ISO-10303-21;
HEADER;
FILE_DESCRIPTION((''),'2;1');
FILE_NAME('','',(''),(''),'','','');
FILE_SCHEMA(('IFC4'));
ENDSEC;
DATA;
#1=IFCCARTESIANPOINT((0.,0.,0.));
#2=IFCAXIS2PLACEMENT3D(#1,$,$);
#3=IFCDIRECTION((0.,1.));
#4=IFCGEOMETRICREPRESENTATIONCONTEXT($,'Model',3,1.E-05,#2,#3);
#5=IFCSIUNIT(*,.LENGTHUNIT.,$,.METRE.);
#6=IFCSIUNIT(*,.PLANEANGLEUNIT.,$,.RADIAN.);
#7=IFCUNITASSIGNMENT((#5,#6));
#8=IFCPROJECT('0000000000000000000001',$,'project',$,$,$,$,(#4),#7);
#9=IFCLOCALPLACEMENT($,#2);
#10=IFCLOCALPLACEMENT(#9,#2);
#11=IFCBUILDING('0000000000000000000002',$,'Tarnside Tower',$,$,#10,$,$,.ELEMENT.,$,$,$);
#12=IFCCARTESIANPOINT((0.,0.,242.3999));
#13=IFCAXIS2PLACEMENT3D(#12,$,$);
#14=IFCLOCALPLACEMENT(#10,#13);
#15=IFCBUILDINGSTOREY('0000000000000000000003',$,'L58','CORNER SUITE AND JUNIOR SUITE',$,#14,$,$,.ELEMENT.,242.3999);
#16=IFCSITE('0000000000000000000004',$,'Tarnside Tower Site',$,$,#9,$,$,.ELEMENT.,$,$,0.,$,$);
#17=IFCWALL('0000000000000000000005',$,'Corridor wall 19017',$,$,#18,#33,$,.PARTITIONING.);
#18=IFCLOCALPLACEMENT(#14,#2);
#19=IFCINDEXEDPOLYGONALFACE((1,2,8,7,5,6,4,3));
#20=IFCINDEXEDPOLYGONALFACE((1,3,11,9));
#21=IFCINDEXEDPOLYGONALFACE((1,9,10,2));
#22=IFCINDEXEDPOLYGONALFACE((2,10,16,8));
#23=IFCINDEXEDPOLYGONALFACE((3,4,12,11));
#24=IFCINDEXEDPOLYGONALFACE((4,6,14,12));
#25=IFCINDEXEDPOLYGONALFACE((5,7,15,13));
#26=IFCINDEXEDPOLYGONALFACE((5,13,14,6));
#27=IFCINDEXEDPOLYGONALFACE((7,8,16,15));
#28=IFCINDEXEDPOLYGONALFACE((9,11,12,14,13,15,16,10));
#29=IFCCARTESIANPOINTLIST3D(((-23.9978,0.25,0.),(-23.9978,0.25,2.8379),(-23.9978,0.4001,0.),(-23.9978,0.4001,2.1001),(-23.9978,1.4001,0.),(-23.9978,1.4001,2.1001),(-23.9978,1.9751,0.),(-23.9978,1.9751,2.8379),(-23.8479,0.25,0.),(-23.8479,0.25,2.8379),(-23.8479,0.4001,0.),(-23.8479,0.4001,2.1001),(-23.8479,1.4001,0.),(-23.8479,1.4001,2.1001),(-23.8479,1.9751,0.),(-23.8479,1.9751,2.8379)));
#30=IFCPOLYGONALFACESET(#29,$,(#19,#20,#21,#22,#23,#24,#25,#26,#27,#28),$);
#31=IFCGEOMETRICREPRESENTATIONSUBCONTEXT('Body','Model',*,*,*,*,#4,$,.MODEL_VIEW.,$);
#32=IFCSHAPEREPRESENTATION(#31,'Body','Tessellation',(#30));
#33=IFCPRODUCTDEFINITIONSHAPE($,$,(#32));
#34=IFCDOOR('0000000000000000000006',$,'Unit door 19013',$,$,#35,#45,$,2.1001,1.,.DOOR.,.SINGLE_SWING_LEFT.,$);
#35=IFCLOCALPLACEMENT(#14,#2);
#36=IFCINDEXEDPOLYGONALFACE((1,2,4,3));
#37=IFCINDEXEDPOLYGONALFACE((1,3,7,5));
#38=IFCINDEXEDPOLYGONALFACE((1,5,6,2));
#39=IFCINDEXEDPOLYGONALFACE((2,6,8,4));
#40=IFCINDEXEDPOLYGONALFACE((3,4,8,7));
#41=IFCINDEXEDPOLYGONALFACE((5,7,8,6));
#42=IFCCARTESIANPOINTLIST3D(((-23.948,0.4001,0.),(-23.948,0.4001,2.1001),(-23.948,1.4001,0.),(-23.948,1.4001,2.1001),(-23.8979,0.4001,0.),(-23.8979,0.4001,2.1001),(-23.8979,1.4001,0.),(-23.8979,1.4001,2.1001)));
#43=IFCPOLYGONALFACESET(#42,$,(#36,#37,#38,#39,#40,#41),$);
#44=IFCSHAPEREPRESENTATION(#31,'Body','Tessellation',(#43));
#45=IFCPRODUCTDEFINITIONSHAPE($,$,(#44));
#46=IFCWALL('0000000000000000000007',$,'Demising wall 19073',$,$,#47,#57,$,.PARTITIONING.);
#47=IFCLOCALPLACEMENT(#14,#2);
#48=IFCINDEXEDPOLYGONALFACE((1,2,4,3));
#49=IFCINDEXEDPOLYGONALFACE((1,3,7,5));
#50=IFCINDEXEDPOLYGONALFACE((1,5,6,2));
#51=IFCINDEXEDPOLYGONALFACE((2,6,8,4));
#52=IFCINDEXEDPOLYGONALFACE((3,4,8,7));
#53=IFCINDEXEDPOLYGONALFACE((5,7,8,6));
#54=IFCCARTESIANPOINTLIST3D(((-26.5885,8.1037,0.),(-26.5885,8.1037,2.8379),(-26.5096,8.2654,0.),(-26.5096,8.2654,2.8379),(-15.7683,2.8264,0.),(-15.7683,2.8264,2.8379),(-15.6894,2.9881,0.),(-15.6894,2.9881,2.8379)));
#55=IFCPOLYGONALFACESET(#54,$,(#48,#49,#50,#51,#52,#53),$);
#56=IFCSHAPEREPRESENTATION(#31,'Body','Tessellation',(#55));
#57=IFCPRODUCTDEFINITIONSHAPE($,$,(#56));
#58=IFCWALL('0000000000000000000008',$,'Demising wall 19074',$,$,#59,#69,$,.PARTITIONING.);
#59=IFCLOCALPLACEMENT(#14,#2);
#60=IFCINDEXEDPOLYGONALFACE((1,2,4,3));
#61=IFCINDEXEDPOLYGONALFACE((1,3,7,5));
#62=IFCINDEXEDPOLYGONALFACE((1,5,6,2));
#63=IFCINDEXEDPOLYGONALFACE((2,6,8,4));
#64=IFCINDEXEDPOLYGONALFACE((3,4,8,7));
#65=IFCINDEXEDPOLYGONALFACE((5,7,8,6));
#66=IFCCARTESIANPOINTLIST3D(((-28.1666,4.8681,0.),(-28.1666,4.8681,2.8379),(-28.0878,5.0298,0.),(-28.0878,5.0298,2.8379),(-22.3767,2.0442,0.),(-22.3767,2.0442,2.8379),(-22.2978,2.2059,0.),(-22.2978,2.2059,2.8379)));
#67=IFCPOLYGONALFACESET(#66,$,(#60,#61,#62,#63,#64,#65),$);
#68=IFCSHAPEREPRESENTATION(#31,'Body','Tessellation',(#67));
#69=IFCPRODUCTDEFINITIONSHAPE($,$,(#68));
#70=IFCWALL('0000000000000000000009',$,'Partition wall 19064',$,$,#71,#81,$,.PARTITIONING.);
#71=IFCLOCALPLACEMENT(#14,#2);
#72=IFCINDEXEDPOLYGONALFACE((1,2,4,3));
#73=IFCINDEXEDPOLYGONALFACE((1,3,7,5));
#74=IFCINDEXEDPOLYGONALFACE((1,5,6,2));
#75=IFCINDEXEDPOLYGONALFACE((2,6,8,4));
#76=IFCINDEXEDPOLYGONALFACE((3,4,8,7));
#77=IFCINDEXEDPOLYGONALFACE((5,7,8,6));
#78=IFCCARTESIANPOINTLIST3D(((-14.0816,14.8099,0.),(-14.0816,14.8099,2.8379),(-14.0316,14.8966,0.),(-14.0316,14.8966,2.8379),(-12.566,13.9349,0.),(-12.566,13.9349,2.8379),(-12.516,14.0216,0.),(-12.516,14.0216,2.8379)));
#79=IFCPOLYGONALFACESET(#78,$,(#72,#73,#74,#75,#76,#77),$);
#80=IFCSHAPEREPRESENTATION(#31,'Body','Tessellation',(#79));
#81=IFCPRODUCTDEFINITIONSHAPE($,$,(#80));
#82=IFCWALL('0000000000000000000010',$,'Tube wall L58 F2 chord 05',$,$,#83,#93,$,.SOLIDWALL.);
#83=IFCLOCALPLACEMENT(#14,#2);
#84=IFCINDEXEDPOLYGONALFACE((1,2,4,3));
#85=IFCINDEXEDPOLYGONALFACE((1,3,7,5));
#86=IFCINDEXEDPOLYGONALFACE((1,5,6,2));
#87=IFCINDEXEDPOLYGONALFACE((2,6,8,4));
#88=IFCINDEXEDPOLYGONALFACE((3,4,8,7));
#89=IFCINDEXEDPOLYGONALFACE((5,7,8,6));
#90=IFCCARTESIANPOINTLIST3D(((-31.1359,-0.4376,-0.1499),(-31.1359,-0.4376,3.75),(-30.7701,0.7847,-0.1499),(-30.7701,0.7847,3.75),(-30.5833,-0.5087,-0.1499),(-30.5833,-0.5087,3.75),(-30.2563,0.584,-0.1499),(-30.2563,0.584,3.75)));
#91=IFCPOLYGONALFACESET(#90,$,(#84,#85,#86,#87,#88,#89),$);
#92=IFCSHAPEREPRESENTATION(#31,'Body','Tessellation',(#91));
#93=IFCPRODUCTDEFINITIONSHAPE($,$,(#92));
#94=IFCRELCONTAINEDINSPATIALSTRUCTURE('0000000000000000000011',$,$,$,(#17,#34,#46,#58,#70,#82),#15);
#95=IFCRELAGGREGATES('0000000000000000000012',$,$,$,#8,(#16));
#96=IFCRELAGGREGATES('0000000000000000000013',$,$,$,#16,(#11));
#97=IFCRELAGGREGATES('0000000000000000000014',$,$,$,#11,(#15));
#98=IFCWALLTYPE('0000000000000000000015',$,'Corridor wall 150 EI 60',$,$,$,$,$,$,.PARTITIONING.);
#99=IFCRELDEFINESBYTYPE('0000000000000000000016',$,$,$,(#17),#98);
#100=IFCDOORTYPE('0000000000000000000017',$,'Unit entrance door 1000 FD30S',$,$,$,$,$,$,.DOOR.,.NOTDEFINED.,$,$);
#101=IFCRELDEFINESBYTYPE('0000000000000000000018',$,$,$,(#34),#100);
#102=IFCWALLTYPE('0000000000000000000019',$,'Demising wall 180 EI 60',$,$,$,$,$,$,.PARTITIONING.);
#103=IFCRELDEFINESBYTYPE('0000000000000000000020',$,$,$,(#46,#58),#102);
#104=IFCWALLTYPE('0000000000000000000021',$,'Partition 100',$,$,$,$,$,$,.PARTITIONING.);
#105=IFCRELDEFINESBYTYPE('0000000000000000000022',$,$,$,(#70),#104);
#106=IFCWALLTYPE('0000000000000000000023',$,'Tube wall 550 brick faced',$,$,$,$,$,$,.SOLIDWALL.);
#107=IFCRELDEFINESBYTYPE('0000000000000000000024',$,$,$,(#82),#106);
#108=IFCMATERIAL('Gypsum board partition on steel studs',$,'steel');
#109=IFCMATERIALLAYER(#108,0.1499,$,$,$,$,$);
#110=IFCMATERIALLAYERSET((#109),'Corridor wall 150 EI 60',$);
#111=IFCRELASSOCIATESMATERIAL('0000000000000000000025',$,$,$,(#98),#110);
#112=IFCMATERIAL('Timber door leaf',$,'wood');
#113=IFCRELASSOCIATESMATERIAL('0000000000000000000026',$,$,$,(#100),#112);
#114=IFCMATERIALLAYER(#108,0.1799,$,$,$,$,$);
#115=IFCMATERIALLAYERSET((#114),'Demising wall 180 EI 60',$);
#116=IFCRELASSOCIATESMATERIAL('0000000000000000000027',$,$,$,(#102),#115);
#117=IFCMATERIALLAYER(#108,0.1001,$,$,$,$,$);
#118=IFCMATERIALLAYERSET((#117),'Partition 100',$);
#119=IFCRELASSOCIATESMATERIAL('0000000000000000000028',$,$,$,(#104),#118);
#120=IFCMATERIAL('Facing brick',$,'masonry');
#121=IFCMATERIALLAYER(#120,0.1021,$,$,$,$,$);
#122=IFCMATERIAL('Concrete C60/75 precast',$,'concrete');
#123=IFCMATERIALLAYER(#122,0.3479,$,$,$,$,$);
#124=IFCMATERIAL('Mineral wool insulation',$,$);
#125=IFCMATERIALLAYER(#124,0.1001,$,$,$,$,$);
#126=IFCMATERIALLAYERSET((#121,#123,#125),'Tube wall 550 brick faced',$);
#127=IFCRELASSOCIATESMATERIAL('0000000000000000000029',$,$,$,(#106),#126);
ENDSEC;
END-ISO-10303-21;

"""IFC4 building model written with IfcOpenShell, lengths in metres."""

from ifc_helpers import new_model, si_unit, direction, frame, frame_2d, origin, place, context, subcontext, project, spatial, polyline, rectangle, outline, extrude, material, layer, layer_set, type_object, element, fill, save


model = new_model("IFC4")

# Units and contexts
model_context = context("Model", 3, precision=1e-05, world=origin(), true_north=direction((0.0, 1.0)))
body_context = subcontext(model_context, "Body", "Model", "MODEL_VIEW")
ifc_project = project(units=[si_unit("LENGTHUNIT", "METRE"), si_unit("PLANEANGLEUNIT", "RADIAN")], contexts=[model_context])

# Site, building, storey
site_placement = place(None, origin())
site = spatial("IfcSite", under=ifc_project, at=site_placement, Name="Tarnside Tower Site", CompositionType="ELEMENT", RefElevation=0.0)
building_placement = place(site_placement, origin())
building = spatial("IfcBuilding", under=site, at=building_placement, Name="Tarnside Tower", CompositionType="ELEMENT")
storey_placement = place(building_placement, frame((0.0, 0.0, 242.3999)))
storey = spatial("IfcBuildingStorey", under=building, at=storey_placement, Name="L58", Description="CORNER SUITE AND JUNIOR SUITE", CompositionType="ELEMENT", Elevation=242.3999)

# Shared definitions
ifc_material_1 = material(Name="Gypsum board partition on steel studs", Category="steel")
ifc_material_2 = material(Name="Timber door leaf", Category="wood")

# Wall, opening, door
ifc_layer_1 = layer(ifc_material_1, 0.1499)
ifc_layer_set_1 = layer_set([ifc_layer_1], Name="Corridor wall 150 EI 60")
wall_type_1 = type_object("IfcWallType", Name="Corridor wall 150 EI 60", PredefinedType="PARTITIONING", material=ifc_layer_set_1)
door_type_1 = type_object("IfcDoorType", Name="Unit entrance door 1000 FD30S", OperationType="NOTDEFINED", PredefinedType="DOOR", material=ifc_material_2)
wall_1_placement = place(storey_placement, frame((-23.9229, 1.9751, 0.0), z_axis=(0.0, 0.0, 1.0), x_axis=(0.0, -1.0, 0.0)))
wall_1 = element("IfcWall", 1, at=wall_1_placement, inside=storey, type_object=wall_type_1, Name="Corridor wall 19017", PredefinedType="PARTITIONING", context=body_context, shape_type="SweptSolid", body=[
    extrude(rectangle(XDim=1.7251, YDim=0.1499, at=frame_2d((0.8625, 0.0))), origin(), (0.0, 0.0, 1.0), 2.8379),
])
opening_1_placement = place(wall_1_placement, frame((0.575, 0.0, 0.0)))
opening_1 = element("IfcOpeningElement", 2, at=opening_1_placement, cuts=wall_1, PredefinedType="OPENING", context=body_context, shape_type="SweptSolid", body=[
    extrude(rectangle(XDim=1.0, YDim=2.1001, at=frame_2d((0.5, 1.05))), frame((0.0, 0.085, 0.0), z_axis=(0.0, -1.0, 0.0), x_axis=(1.0, 0.0, 0.0)), (0.0, 0.0, 1.0), 0.1699),
])
door_1_placement = place(opening_1_placement, origin())
door_1 = element("IfcDoor", 3, at=door_1_placement, inside=storey, type_object=door_type_1, Name="Unit door 19013", OperationType="SINGLE_SWING_LEFT", OverallHeight=2.1001, OverallWidth=1.0, PredefinedType="DOOR", context=body_context, shape_type="SweptSolid", body=[
    extrude(rectangle(XDim=1.0, YDim=2.1001, at=frame_2d((0.5, 1.05))), frame((0.0, 0.0249, 0.0), z_axis=(0.0, -1.0, 0.0), x_axis=(1.0, 0.0, 0.0)), (0.0, 0.0, 1.0), 0.05),
])
fill(opening_1, door_1)

# Walls
ifc_layer_2 = layer(ifc_material_1, 0.1799)
ifc_layer_set_2 = layer_set([ifc_layer_2], Name="Demising wall 180 EI 60")
wall_type_2 = type_object("IfcWallType", Name="Demising wall 180 EI 60", PredefinedType="PARTITIONING", material=ifc_layer_set_2)
wall_2_placement = place(storey_placement, frame((-26.5491, 8.1846, 0.0), z_axis=(0.0, 0.0, 1.0), x_axis=(0.898797, -0.438366, 0.0)))
element("IfcWall", 4, at=wall_2_placement, inside=storey, type_object=wall_type_2, Name="Demising wall 19073", PredefinedType="PARTITIONING", context=body_context, shape_type="SweptSolid", body=[
    extrude(rectangle(XDim=12.0386, YDim=0.1799, at=frame_2d((6.0193, 0.0))), origin(), (0.0, 0.0, 1.0), 2.8379),
])
wall_3_placement = place(storey_placement, frame((-28.1272, 4.949, 0.0), z_axis=(0.0, 0.0, 1.0), x_axis=(0.898795, -0.438369, 0.0)))
element("IfcWall", 5, at=wall_3_placement, inside=storey, type_object=wall_type_2, Name="Demising wall 19074", PredefinedType="PARTITIONING", context=body_context, shape_type="SweptSolid", body=[
    extrude(rectangle(XDim=6.4419, YDim=0.1799, at=frame_2d((3.2209, 0.0))), origin(), (0.0, 0.0, 1.0), 2.8379),
])
ifc_layer_3 = layer(ifc_material_1, 0.1001)
ifc_layer_set_3 = layer_set([ifc_layer_3], Name="Partition 100")
wall_type_3 = type_object("IfcWallType", Name="Partition 100", PredefinedType="PARTITIONING", material=ifc_layer_set_3)
wall_4_placement = place(storey_placement, frame((-12.541, 13.9783, 0.0), z_axis=(0.0, 0.0, 1.0), x_axis=(-0.866037, 0.49998, 0.0)))
element("IfcWall", 6, at=wall_4_placement, inside=storey, type_object=wall_type_3, Name="Partition wall 19064", PredefinedType="PARTITIONING", context=body_context, shape_type="SweptSolid", body=[
    extrude(rectangle(XDim=1.75, YDim=0.1001, at=frame_2d((0.875, 0.0))), origin(), (0.0, 0.0, 1.0), 2.8379),
])
ifc_material_3 = material(Name="Facing brick", Category="masonry")
ifc_layer_4 = layer(ifc_material_3, 0.1021)
ifc_material_4 = material(Name="Concrete C60/75 precast", Category="concrete")
ifc_layer_5 = layer(ifc_material_4, 0.3479)
ifc_material_5 = material(Name="Mineral wool insulation")
ifc_layer_6 = layer(ifc_material_5, 0.1001)
ifc_layer_set_4 = layer_set([ifc_layer_4, ifc_layer_5, ifc_layer_6], Name="Tube wall 550 brick faced")
wall_type_4 = type_object("IfcWallType", Name="Tube wall 550 brick faced", PredefinedType="SOLIDWALL", material=ifc_layer_set_4)
wall_5_placement = place(storey_placement, frame((-30.5132, 0.6843, -0.1499), z_axis=(0.0, 0.0, 1.0), x_axis=(-0.286736, -0.95801, 0.0)))
element("IfcWall", 7, at=wall_5_placement, inside=storey, type_object=wall_type_4, Name="Tube wall L58 F2 chord 05", PredefinedType="SOLIDWALL", context=body_context, shape_type="SweptSolid", body=[
    extrude(outline(polyline([(-0.0225, -0.2749), (1.2534, -0.2749), (1.1631, 0.2749), (0.0225, 0.2749), (-0.0225, -0.2749)])), origin(), (0.0, 0.0, 1.0), 3.8999),
])

save(model, "model.ifc")
